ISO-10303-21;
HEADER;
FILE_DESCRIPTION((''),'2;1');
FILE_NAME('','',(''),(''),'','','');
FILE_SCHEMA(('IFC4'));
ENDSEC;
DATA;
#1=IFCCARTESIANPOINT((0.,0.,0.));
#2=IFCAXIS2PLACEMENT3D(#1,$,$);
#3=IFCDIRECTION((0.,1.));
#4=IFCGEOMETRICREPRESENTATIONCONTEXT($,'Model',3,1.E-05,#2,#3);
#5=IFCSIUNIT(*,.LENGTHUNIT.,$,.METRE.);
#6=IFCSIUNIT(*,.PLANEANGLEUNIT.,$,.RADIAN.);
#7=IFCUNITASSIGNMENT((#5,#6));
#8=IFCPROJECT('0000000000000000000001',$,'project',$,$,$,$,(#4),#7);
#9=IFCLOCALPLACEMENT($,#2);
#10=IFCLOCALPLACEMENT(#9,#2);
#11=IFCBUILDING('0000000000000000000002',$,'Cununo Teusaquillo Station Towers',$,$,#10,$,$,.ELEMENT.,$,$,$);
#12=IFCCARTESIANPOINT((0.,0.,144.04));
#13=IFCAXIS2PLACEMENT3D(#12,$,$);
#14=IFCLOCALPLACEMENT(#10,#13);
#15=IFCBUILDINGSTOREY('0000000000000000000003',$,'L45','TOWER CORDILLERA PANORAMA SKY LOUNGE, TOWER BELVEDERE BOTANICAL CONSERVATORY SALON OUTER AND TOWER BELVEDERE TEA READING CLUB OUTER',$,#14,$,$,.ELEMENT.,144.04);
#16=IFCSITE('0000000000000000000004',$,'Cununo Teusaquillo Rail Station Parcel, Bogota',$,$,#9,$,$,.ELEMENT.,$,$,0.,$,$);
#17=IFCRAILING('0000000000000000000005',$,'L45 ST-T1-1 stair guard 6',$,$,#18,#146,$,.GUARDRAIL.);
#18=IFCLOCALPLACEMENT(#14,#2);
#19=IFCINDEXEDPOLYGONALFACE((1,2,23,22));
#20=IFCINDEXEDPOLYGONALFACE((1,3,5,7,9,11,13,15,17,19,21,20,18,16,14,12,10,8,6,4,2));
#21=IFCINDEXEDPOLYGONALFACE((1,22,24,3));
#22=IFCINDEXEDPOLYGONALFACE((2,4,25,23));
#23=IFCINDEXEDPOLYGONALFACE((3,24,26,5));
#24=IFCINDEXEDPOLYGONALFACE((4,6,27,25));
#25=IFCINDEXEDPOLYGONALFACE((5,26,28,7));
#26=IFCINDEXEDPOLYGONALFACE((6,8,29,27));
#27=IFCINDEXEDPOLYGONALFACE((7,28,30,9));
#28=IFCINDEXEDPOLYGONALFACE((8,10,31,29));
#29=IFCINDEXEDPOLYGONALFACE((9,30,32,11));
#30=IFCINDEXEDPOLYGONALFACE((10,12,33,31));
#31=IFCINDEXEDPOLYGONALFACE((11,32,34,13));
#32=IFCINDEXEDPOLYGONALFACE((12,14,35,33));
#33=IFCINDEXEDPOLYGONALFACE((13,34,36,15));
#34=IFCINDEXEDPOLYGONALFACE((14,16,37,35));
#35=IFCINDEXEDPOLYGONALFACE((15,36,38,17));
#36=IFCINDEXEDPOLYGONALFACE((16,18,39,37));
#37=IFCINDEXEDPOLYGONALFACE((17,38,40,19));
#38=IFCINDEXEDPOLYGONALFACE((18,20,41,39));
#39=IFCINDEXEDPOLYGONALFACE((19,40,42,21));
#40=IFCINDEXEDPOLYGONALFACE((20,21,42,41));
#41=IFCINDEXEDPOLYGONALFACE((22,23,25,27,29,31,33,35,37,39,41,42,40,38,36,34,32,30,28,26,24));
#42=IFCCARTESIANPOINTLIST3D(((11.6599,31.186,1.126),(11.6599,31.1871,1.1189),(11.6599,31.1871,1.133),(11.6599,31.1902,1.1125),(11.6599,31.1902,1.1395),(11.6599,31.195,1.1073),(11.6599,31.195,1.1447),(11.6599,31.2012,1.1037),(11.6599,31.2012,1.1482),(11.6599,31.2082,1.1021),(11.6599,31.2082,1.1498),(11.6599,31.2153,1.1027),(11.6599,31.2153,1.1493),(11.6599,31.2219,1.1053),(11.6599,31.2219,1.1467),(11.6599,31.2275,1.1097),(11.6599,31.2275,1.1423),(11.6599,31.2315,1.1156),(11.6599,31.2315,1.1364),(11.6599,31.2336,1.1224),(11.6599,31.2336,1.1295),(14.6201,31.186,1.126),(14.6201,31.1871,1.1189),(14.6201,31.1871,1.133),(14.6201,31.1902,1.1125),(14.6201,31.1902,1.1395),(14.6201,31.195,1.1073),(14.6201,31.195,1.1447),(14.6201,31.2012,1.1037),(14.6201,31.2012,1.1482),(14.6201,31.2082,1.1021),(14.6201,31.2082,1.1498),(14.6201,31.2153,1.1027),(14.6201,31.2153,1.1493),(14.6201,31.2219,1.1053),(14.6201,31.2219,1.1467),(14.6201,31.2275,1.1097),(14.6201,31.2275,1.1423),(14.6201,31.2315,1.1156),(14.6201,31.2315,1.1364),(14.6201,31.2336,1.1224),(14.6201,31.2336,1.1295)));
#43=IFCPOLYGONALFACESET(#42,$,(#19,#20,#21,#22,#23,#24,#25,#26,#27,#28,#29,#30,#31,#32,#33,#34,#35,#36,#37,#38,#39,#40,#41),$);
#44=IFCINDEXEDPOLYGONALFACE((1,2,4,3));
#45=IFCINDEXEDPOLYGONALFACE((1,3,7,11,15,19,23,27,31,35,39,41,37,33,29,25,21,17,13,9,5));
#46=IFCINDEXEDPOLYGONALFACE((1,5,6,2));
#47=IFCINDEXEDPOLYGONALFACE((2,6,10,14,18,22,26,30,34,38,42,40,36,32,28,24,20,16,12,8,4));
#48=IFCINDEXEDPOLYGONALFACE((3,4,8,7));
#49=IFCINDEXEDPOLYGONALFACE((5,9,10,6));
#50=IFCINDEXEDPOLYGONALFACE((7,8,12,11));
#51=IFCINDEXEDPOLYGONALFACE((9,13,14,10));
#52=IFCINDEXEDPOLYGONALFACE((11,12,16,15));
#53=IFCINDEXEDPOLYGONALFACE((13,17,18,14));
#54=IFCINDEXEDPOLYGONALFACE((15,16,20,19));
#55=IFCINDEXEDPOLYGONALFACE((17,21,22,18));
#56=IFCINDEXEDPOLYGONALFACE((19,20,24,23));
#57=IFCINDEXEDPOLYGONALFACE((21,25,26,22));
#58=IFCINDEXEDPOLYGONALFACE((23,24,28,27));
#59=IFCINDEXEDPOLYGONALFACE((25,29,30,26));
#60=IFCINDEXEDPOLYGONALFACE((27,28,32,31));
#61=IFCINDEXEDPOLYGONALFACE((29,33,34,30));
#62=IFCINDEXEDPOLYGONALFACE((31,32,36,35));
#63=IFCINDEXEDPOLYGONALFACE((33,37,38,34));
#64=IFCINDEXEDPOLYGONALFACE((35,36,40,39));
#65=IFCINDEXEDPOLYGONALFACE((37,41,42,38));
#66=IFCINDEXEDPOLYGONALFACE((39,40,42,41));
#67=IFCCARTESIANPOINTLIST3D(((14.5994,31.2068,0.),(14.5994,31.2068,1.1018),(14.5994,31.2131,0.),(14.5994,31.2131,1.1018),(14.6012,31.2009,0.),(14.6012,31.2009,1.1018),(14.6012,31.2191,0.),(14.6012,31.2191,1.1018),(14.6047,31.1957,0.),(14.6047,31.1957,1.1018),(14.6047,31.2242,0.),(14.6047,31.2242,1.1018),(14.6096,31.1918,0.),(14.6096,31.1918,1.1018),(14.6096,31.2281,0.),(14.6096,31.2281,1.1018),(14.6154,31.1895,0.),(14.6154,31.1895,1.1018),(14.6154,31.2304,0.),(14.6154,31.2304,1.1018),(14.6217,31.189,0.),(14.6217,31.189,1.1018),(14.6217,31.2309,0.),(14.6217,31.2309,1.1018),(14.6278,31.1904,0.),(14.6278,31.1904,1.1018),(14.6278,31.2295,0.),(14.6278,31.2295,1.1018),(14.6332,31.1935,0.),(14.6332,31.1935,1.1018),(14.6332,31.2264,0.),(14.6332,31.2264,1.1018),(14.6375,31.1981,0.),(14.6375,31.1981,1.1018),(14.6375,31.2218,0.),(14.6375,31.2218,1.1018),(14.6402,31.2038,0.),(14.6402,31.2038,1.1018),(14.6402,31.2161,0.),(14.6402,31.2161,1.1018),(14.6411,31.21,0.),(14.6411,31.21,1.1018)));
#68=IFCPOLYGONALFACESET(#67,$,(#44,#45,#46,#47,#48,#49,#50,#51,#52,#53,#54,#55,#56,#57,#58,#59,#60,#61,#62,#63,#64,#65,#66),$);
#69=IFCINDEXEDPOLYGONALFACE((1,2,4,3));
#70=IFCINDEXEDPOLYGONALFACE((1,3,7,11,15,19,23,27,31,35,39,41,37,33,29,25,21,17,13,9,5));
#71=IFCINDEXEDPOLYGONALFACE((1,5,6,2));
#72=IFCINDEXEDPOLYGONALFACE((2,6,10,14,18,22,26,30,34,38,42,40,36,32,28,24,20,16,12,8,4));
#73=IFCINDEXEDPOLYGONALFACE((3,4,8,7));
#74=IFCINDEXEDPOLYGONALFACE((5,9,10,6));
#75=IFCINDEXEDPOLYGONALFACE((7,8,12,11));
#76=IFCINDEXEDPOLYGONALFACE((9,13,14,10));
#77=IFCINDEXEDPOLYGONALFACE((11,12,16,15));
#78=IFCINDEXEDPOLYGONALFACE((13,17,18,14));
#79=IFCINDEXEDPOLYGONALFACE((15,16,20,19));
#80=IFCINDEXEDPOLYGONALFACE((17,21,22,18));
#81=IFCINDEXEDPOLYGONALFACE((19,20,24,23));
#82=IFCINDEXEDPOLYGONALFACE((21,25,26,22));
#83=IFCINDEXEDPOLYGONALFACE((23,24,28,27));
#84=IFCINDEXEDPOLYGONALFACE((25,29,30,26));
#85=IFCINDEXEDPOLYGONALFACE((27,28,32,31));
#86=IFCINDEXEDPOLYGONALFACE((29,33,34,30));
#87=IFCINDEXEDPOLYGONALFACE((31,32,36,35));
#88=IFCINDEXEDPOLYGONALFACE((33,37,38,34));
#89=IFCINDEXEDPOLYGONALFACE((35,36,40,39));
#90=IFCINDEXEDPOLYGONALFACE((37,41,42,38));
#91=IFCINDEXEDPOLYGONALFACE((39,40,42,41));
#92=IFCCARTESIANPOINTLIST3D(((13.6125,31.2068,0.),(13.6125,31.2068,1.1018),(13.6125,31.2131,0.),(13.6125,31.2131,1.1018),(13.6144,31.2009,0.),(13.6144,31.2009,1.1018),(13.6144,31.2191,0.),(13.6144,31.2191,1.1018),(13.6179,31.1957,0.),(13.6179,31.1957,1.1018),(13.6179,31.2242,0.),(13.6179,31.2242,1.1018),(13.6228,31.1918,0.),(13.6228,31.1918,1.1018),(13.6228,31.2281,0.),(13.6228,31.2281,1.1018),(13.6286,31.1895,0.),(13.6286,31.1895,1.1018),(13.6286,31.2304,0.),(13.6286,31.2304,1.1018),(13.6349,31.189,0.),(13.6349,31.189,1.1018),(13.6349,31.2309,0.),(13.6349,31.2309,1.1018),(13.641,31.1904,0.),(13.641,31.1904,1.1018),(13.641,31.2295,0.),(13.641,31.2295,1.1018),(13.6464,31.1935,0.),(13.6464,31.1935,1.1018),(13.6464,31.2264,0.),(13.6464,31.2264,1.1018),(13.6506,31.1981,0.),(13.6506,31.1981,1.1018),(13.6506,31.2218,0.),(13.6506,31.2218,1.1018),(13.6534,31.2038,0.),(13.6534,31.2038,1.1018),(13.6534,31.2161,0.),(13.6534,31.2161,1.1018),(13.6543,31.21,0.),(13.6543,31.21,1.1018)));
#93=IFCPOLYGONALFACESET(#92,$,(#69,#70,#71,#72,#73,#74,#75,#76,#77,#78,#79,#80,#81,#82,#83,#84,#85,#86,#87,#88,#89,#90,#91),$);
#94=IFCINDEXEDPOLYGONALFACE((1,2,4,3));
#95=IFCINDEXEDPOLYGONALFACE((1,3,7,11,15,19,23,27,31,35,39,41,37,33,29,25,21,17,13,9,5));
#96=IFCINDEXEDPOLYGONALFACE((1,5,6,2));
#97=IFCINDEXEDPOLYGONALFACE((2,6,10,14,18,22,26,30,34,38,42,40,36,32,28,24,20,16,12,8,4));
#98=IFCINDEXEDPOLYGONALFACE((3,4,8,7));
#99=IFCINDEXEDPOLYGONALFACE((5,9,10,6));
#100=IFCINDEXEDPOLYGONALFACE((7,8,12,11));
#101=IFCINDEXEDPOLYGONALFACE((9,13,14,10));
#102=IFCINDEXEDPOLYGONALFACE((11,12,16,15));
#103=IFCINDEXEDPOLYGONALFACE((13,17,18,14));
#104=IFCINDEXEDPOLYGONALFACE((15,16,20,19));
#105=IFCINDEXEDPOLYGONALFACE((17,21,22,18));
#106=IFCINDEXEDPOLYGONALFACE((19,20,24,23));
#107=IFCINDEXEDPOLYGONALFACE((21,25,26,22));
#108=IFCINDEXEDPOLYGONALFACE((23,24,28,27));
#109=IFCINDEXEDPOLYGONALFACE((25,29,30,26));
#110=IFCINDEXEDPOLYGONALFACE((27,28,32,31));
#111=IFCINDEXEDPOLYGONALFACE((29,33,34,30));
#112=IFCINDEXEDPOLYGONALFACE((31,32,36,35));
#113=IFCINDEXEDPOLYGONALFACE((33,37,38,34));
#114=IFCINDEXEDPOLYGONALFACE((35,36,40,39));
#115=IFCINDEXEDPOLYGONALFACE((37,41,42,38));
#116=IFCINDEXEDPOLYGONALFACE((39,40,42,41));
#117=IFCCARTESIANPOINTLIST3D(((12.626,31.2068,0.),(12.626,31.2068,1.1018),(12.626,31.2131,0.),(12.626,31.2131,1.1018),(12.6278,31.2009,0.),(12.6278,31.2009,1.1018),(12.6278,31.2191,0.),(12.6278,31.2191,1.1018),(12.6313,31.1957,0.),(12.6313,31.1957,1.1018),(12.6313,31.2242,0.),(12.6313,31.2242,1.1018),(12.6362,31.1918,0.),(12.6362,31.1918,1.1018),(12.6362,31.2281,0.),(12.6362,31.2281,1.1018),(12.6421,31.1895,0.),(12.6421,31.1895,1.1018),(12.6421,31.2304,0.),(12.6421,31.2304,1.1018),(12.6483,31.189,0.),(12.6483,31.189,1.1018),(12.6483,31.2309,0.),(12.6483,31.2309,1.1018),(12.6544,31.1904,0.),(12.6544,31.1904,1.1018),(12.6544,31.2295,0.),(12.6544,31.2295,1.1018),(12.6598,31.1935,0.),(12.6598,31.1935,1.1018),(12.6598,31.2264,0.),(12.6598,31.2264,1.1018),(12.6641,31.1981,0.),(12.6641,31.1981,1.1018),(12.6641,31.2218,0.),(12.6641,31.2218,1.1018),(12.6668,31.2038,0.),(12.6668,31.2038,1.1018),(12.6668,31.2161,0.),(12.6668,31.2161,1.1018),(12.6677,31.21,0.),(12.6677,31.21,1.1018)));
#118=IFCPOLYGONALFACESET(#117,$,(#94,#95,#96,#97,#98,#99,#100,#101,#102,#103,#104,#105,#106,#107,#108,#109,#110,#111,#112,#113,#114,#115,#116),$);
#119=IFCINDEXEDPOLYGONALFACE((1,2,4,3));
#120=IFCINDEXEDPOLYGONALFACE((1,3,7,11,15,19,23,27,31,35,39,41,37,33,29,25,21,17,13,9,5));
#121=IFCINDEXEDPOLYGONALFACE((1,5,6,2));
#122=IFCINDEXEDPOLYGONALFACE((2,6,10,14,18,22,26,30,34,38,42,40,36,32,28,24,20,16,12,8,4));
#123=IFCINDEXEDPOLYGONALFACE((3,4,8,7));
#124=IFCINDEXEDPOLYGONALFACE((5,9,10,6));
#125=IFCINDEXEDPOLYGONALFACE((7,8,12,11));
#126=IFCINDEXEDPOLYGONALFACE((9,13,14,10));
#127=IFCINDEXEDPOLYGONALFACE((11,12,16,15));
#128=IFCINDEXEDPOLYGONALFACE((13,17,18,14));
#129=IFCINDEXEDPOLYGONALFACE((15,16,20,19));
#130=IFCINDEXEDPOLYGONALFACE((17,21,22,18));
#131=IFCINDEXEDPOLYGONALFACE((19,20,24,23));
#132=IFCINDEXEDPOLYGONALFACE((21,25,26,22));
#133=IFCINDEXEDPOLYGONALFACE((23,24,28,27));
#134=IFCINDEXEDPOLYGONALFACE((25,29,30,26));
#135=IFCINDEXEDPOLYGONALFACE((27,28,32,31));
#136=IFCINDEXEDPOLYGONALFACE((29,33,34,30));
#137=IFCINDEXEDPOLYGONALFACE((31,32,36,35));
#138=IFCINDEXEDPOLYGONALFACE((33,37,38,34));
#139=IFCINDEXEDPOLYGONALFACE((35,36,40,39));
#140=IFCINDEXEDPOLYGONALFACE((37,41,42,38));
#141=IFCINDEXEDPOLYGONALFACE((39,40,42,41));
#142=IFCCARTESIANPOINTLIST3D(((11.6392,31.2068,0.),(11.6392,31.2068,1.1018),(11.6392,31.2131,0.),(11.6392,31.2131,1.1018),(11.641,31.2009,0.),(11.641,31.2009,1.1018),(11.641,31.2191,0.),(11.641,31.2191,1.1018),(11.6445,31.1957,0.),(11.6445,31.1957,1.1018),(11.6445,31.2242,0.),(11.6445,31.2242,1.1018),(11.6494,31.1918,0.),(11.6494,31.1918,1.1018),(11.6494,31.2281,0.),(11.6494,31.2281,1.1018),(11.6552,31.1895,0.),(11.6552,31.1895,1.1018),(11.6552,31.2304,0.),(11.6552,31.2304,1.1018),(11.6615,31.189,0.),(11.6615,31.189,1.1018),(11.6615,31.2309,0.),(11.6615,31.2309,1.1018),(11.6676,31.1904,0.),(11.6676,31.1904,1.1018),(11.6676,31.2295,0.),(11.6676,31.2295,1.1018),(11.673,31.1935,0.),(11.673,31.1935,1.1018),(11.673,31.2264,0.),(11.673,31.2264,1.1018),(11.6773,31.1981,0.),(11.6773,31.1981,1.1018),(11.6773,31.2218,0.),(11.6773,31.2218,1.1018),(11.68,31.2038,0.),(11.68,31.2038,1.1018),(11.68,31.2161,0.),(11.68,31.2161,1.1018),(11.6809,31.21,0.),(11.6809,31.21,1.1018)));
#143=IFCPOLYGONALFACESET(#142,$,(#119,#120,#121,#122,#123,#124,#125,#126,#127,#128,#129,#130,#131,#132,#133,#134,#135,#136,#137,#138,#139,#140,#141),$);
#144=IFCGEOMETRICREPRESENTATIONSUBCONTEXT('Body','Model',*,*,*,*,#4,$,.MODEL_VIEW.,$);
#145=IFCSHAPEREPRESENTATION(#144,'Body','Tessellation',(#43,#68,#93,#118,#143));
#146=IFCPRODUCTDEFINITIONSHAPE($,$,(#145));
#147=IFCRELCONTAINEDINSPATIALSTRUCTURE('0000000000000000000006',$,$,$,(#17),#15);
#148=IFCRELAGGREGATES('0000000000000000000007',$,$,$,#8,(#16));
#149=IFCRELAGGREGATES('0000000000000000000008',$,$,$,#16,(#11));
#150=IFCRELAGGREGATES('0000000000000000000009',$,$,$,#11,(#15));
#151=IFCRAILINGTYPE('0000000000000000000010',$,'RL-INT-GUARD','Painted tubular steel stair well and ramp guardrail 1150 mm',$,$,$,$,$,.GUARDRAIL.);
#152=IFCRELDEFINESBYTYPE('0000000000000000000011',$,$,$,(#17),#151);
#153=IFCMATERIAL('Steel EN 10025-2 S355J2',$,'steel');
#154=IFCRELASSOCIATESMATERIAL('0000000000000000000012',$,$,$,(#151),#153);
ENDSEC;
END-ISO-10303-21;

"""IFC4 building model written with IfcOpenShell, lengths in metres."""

from ifc_helpers import new_model, si_unit, direction, frame, origin, origin_2d, place, context, subcontext, project, spatial, circle, extrude, material, type_object, element, save


model = new_model("IFC4")

# Units and contexts
model_context = context("Model", 3, precision=1e-05, world=origin(), true_north=direction((0.0, 1.0)))
body_context = subcontext(model_context, "Body", "Model", "MODEL_VIEW")
ifc_project = project(units=[si_unit("LENGTHUNIT", "METRE"), si_unit("PLANEANGLEUNIT", "RADIAN")], contexts=[model_context])

# Site, building, storey
site_placement = place(None, origin())
site = spatial("IfcSite", under=ifc_project, at=site_placement, Name="Cununo Teusaquillo Rail Station Parcel, Bogota", CompositionType="ELEMENT", RefElevation=0.0)
building_placement = place(site_placement, origin())
building = spatial("IfcBuilding", under=site, at=building_placement, Name="Cununo Teusaquillo Station Towers", CompositionType="ELEMENT")
storey_placement = place(building_placement, frame((0.0, 0.0, 144.04)))
storey = spatial("IfcBuildingStorey", under=building, at=storey_placement, Name="L45", Description="TOWER CORDILLERA PANORAMA SKY LOUNGE, TOWER BELVEDERE BOTANICAL CONSERVATORY SALON OUTER AND TOWER BELVEDERE TEA READING CLUB OUTER", CompositionType="ELEMENT", Elevation=144.04)

# Railing
ifc_material_1 = material(Name="Steel EN 10025-2 S355J2", Category="steel")
railing_type_1 = type_object("IfcRailingType", Name="RL-INT-GUARD", Description="Painted tubular steel stair well and ramp guardrail 1150 mm", PredefinedType="GUARDRAIL", material=ifc_material_1)
railing_1_placement = place(storey_placement, frame((14.6201, 31.21, 0.0)))
element("IfcRailing", 1, at=railing_1_placement, inside=storey, type_object=railing_type_1, Name="L45 ST-T1-1 stair guard 6", PredefinedType="GUARDRAIL", context=body_context, shape_type="SweptSolid", body=[
    extrude(circle(Radius=0.0239, at=origin_2d()), frame((0.0, 0.0, 1.126), z_axis=(-1.0, 0.0, 0.0), x_axis=(0.0, -1.0, 0.0)), (0.0, 0.0, 1.0), 2.9602),
    extrude(circle(Radius=0.021, at=origin_2d()), origin(), (0.0, 0.0, 1.0), 1.1018),
    extrude(circle(Radius=0.021, at=origin_2d()), frame((-0.9868, 0.0, 0.0)), (0.0, 0.0, 1.0), 1.1018),
    extrude(circle(Radius=0.021, at=origin_2d()), frame((-1.9734, 0.0, 0.0)), (0.0, 0.0, 1.0), 1.1018),
    extrude(circle(Radius=0.021, at=origin_2d()), frame((-2.9602, 0.0, 0.0)), (0.0, 0.0, 1.0), 1.1018),
])

save(model, "model.ifc")
